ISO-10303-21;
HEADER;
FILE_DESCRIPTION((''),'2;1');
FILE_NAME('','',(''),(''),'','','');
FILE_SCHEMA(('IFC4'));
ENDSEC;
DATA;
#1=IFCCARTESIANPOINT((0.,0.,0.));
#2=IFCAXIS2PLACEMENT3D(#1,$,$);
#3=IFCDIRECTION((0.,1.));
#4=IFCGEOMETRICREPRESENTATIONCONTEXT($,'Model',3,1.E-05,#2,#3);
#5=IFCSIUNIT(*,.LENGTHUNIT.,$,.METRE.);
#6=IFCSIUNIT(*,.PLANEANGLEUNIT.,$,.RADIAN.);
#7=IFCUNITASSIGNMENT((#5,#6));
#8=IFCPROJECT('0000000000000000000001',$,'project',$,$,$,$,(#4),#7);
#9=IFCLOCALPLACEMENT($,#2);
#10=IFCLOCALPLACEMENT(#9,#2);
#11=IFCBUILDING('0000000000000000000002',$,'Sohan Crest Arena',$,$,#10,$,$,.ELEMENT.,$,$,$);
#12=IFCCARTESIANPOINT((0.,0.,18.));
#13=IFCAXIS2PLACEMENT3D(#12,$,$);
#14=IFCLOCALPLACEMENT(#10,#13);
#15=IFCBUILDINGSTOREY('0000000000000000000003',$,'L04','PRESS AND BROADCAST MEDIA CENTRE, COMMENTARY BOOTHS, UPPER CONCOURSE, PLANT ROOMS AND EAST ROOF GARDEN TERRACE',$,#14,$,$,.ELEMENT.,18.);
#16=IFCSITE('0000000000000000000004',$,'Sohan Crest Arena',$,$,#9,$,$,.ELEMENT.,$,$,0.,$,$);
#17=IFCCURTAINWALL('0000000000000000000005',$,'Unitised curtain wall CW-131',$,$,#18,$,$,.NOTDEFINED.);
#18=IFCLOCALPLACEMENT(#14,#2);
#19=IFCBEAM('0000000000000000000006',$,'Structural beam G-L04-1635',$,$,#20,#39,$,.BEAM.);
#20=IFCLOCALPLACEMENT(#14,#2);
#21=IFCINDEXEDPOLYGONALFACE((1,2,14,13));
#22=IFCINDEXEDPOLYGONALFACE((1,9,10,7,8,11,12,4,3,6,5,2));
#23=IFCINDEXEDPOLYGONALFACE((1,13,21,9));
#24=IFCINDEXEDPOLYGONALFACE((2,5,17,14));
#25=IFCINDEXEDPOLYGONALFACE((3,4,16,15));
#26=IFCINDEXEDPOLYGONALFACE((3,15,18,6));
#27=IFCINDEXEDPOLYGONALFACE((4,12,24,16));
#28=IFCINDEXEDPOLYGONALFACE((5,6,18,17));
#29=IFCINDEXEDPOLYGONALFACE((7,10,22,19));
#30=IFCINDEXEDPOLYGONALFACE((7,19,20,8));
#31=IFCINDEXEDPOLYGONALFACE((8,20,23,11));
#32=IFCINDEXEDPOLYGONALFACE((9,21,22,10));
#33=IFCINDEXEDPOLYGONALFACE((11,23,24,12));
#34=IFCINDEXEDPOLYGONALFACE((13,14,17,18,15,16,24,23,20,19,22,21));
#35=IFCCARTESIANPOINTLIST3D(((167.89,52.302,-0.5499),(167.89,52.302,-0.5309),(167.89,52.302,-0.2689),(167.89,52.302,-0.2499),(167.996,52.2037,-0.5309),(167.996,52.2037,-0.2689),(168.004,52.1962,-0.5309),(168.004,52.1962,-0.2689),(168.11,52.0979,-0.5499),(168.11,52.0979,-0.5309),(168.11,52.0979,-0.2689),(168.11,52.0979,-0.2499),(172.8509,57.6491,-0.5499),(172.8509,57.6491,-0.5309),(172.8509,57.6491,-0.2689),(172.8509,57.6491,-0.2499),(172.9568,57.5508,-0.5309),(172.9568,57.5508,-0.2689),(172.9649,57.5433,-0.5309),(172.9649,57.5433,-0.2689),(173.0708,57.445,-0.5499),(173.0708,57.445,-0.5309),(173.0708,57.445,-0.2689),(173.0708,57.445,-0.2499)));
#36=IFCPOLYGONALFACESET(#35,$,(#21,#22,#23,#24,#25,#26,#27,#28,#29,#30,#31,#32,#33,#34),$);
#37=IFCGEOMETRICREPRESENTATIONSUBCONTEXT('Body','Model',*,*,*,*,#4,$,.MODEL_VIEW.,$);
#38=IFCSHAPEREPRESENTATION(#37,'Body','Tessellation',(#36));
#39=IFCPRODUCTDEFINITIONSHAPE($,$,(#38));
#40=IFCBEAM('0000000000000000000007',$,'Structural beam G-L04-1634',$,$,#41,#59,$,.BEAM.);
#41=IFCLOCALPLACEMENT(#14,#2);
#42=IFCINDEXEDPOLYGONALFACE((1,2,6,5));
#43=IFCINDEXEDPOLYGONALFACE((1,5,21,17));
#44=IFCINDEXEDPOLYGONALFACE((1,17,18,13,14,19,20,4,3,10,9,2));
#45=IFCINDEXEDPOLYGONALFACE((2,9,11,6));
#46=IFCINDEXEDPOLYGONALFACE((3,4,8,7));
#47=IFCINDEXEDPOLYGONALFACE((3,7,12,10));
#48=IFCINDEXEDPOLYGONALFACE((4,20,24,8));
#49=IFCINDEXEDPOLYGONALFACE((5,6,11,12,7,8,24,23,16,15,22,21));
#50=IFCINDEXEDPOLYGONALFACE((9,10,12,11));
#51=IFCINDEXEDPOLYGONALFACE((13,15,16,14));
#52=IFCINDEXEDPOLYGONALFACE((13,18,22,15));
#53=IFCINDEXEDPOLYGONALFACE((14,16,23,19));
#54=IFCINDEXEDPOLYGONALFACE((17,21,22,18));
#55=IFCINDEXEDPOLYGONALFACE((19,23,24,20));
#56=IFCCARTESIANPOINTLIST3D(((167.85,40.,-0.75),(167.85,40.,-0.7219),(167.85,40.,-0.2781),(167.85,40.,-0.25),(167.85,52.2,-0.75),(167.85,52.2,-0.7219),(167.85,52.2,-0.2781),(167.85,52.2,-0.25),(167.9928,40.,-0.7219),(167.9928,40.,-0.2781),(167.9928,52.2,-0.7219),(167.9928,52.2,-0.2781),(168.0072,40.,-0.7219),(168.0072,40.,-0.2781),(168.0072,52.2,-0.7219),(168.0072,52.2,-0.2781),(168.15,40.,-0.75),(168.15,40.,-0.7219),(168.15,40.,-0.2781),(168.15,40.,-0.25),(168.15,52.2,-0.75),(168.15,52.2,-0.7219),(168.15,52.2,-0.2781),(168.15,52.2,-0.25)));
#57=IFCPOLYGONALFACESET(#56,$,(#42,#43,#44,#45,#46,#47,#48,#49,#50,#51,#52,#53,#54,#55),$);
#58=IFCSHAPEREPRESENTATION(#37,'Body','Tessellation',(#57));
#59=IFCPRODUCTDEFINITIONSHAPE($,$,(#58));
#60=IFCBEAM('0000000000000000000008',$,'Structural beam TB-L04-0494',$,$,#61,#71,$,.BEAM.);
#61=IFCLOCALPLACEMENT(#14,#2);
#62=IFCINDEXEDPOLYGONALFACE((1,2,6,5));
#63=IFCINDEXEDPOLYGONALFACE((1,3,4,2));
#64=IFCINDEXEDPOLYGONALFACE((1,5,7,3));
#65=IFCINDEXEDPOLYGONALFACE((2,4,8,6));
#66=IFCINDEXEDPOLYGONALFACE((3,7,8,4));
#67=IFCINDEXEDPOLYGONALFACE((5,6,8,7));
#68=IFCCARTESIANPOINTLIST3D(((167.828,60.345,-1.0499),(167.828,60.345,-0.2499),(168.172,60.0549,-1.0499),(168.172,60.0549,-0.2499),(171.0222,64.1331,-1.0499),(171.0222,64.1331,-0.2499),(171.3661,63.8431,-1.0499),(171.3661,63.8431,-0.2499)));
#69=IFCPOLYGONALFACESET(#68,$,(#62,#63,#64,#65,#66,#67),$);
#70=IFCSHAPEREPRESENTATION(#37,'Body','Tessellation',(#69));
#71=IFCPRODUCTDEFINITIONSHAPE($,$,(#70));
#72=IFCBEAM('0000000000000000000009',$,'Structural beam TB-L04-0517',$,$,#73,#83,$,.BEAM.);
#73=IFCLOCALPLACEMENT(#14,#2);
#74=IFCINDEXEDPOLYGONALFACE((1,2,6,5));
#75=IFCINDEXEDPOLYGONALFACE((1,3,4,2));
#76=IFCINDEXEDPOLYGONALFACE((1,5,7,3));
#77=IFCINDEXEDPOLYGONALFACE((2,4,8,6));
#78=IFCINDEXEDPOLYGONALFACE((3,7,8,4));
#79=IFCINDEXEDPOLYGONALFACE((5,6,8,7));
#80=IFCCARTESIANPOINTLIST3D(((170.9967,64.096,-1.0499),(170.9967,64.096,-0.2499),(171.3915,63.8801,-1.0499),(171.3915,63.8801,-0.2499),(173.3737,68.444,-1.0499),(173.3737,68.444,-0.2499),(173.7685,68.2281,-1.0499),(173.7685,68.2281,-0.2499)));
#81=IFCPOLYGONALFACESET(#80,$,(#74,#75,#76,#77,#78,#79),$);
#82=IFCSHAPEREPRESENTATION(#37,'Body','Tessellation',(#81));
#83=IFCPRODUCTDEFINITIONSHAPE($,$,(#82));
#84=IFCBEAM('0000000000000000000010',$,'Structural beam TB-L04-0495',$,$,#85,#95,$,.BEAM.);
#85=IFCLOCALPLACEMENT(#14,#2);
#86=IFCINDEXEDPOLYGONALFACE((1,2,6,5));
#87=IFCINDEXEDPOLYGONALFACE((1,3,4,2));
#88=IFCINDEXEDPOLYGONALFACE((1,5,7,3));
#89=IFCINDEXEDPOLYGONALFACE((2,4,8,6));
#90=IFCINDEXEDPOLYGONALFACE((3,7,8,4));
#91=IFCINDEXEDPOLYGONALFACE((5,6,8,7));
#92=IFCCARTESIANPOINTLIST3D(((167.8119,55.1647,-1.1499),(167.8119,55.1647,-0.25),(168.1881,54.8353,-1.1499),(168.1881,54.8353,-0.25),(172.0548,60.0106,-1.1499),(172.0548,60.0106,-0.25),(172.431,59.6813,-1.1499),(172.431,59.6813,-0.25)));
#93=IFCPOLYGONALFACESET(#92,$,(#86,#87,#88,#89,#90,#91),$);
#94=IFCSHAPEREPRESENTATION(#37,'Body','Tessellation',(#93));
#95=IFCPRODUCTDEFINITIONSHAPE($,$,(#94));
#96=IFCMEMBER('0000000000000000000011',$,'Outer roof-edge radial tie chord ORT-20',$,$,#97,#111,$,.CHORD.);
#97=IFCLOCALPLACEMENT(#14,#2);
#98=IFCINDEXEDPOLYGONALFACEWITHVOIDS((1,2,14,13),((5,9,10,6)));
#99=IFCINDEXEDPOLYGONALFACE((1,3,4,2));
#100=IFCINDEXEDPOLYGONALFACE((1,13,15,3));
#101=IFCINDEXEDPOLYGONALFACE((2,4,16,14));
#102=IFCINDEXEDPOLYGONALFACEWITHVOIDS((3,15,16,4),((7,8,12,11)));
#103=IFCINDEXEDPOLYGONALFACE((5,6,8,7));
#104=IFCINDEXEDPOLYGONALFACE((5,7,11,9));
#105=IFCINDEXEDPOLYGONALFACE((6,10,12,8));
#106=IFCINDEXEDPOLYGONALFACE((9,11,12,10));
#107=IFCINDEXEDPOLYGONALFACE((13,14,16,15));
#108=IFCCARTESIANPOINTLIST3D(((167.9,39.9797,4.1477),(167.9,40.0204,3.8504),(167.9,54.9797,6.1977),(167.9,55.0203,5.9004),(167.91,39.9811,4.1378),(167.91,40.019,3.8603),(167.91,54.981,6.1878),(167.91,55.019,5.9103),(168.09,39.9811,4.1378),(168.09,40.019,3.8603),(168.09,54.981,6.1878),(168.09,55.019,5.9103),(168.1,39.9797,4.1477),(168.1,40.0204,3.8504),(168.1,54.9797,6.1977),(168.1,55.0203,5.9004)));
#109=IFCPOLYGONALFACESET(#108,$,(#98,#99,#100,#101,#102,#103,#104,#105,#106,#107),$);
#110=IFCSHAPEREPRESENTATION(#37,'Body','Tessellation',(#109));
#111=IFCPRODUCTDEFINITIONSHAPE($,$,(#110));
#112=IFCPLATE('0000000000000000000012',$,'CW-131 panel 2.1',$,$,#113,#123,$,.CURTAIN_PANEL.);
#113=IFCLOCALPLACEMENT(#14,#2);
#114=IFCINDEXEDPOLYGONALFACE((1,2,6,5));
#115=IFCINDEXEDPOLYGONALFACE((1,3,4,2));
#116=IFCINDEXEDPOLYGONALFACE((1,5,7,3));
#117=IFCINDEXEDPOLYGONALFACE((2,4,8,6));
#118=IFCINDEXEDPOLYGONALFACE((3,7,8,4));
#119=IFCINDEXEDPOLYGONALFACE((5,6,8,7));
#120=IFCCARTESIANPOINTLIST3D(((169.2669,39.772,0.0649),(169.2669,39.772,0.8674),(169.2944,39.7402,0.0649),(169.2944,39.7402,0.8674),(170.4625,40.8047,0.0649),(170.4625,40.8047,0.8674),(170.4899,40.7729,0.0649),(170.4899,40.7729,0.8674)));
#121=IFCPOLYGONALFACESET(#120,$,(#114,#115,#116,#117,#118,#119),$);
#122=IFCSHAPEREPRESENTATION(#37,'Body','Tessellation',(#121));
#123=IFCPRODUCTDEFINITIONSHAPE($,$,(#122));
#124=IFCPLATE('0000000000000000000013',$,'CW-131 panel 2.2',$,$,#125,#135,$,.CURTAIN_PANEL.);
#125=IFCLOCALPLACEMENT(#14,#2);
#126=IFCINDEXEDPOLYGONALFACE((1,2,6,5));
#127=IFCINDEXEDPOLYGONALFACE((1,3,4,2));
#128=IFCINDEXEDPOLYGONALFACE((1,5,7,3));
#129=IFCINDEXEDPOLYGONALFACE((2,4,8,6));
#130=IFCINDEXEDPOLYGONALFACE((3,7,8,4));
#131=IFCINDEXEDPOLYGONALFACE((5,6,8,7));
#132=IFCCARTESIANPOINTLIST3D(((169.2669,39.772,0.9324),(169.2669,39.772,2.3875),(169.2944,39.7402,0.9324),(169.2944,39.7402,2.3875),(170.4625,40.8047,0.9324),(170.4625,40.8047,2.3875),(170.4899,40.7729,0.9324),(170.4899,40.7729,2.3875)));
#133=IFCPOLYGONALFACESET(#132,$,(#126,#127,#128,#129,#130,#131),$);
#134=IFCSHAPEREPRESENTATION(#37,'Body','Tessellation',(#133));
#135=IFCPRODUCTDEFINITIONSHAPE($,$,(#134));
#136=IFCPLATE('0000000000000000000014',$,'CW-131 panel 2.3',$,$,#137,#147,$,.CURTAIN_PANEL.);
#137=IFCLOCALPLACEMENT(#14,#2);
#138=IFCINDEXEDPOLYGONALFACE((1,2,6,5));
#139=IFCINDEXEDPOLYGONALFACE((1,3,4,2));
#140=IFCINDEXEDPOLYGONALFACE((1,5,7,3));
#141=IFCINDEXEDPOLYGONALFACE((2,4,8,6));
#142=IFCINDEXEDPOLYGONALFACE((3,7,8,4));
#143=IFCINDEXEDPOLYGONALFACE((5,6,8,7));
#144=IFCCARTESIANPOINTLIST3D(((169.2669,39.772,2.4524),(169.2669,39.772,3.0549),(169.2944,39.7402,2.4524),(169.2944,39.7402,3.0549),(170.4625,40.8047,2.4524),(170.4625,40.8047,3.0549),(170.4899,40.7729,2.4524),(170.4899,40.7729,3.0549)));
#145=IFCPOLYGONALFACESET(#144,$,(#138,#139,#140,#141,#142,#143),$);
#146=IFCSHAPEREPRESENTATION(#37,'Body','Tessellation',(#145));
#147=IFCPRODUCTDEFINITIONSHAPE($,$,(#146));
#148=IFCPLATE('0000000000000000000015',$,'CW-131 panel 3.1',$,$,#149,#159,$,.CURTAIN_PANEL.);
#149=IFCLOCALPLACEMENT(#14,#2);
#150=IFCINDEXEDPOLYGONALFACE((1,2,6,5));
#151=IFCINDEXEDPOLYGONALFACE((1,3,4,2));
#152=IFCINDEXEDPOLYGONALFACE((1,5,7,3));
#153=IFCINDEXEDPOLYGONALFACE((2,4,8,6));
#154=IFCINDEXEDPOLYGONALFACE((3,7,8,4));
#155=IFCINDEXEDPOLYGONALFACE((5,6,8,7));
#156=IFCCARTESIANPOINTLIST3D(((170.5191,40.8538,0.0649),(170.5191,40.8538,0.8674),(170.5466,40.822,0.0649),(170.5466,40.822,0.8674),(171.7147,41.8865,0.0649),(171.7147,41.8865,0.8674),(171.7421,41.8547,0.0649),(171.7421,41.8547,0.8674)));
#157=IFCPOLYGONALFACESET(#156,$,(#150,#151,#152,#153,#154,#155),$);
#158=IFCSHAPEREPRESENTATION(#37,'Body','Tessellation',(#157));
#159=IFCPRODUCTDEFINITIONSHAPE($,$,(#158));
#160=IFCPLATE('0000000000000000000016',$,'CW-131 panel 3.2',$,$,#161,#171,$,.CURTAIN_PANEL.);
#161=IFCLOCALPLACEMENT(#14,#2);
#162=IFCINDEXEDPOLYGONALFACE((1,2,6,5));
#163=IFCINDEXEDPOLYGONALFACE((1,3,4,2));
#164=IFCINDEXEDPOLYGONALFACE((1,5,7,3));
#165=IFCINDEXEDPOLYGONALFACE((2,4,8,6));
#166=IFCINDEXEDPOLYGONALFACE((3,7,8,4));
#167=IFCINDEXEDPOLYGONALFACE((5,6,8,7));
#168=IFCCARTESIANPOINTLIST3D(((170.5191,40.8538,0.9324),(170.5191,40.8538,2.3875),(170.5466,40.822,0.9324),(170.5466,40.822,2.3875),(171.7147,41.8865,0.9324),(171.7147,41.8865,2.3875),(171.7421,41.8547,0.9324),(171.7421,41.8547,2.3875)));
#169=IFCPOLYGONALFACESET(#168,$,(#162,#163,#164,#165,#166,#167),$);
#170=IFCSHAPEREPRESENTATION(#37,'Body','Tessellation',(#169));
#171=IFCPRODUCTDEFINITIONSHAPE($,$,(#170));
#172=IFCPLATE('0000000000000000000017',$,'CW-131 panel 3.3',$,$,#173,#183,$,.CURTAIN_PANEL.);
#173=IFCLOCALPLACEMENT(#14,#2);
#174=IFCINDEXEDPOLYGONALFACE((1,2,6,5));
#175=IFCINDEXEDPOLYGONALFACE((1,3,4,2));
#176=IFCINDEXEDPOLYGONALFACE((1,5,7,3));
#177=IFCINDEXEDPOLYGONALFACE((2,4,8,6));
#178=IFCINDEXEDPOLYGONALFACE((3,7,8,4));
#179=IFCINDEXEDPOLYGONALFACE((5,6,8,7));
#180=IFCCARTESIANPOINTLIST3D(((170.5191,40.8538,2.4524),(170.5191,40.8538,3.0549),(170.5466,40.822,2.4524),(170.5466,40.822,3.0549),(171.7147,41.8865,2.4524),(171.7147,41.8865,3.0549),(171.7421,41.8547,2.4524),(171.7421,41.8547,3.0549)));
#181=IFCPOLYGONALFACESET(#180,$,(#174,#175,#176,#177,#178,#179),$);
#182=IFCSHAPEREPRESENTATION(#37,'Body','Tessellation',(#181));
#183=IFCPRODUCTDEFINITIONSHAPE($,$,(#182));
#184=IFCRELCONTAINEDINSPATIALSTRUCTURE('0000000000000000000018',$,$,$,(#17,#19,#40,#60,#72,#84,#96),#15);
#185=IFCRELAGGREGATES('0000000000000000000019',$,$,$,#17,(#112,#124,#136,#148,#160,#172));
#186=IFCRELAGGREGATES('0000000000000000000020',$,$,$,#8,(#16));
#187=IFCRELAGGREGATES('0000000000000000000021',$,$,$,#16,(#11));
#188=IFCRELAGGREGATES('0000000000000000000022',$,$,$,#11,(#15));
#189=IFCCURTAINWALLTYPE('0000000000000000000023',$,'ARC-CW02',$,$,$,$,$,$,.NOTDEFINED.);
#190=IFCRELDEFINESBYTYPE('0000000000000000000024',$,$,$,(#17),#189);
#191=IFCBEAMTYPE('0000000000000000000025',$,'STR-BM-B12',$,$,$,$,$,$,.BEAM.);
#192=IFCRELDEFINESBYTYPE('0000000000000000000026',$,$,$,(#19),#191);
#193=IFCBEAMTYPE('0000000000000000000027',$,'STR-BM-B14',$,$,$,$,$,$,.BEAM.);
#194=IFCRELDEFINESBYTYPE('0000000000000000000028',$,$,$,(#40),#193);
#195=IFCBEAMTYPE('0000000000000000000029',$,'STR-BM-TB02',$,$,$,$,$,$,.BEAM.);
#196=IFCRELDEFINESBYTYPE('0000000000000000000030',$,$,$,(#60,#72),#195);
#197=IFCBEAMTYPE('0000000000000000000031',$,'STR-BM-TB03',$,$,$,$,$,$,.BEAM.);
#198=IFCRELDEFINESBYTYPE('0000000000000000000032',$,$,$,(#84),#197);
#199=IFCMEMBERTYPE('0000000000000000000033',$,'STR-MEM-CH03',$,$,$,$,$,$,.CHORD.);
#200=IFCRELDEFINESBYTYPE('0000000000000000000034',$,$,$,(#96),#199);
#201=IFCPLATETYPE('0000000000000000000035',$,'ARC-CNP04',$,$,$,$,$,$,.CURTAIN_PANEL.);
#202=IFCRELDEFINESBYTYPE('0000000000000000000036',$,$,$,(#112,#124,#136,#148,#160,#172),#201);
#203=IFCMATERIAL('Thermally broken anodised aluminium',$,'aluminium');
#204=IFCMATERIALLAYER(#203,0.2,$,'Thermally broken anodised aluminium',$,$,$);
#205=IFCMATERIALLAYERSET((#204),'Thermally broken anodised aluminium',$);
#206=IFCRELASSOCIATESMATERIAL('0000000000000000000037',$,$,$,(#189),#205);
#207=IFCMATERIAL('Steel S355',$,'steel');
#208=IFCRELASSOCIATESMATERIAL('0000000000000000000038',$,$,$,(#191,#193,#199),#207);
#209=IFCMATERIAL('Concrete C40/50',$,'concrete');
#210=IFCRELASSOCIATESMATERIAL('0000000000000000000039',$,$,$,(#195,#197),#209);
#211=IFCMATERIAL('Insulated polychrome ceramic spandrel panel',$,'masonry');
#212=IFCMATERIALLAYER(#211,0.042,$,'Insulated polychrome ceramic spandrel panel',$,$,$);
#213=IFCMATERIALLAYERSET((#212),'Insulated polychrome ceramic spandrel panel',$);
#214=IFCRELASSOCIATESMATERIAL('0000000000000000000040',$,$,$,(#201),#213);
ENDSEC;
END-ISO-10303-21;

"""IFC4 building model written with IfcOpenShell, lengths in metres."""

from ifc_helpers import new_model, si_unit, direction, frame, origin, origin_2d, place, context, subcontext, project, spatial, rectangle, hollow_rectangle, i_section, extrude, material, layer, layer_set, material_profile, profile_set, type_object, element, aggregate, save


model = new_model("IFC4")

# Units and contexts
model_context = context("Model", 3, precision=1e-05, world=origin(), true_north=direction((0.0, 1.0)))
body_context = subcontext(model_context, "Body", "Model", "MODEL_VIEW")
ifc_project = project(units=[si_unit("LENGTHUNIT", "METRE"), si_unit("PLANEANGLEUNIT", "RADIAN")], contexts=[model_context])

# Site, building, storey
site_placement = place(None, origin())
site = spatial("IfcSite", under=ifc_project, at=site_placement, Name="Sohan Crest Arena", CompositionType="ELEMENT", RefElevation=0.0)
building_placement = place(site_placement, origin())
building = spatial("IfcBuilding", under=site, at=building_placement, Name="Sohan Crest Arena", CompositionType="ELEMENT")
storey_placement = place(building_placement, frame((0.0, 0.0, 18.0)))
storey = spatial("IfcBuildingStorey", under=building, at=storey_placement, Name="L04", Description="PRESS AND BROADCAST MEDIA CENTRE, COMMENTARY BOOTHS, UPPER CONCOURSE, PLANT ROOMS AND EAST ROOF GARDEN TERRACE", CompositionType="ELEMENT", Elevation=18.0)

# Shared definitions
ifc_material_1 = material(Name="Concrete C40/50", Category="concrete")
ifc_material_2 = material(Name="Steel S355", Category="steel")

# Curtain wall
ifc_material_3 = material(Name="Thermally broken anodised aluminium", Category="aluminium")
ifc_layer_1 = layer(ifc_material_3, 0.2, Name="Thermally broken anodised aluminium")
ifc_layer_set_1 = layer_set([ifc_layer_1], Name="Thermally broken anodised aluminium")
curtain_wall_type = type_object("IfcCurtainWallType", Name="ARC-CW02", PredefinedType="NOTDEFINED", material=ifc_layer_set_1)
curtain_wall_placement = place(storey_placement, origin())
curtain_wall = element("IfcCurtainWall", 1, at=curtain_wall_placement, inside=storey, type_object=curtain_wall_type, Name="Unitised curtain wall CW-131", PredefinedType="NOTDEFINED")

# Beams
ifc_material_profile_1 = material_profile(ifc_material_2, i_section(OverallWidth=0.3, OverallDepth=0.3, WebThickness=0.011, FlangeThickness=0.019, at=origin_2d()), Name="HEB 300")
ifc_profile_set_1 = profile_set([ifc_material_profile_1], Name="Steel S355")
beam_type_1 = type_object("IfcBeamType", Name="STR-BM-B12", PredefinedType="BEAM", material=ifc_profile_set_1)
beam_1_placement = place(storey_placement, frame((168.0, 52.2, -0.3999), z_axis=(0.680135, 0.733087, 0.0), x_axis=(-0.733087, 0.680135, 0.0)))
element("IfcBeam", 2, at=beam_1_placement, inside=storey, type_object=beam_type_1, Name="Structural beam G-L04-1635", PredefinedType="BEAM", context=body_context, shape_type="SweptSolid", body=[
    extrude(i_section(OverallWidth=0.3, OverallDepth=0.3, WebThickness=0.011, FlangeThickness=0.019, at=origin_2d()), origin(), (0.0, 0.0, 1.0), 7.2939),
])
ifc_material_profile_2 = material_profile(ifc_material_2, i_section(OverallWidth=0.3, OverallDepth=0.5, WebThickness=0.0144, FlangeThickness=0.0281, at=origin_2d()), Name="HEB 500")
ifc_profile_set_2 = profile_set([ifc_material_profile_2], Name="Steel S355")
beam_type_2 = type_object("IfcBeamType", Name="STR-BM-B14", PredefinedType="BEAM", material=ifc_profile_set_2)
beam_2_placement = place(storey_placement, frame((168.0, 52.2, -0.5), z_axis=(0.0, -1.0, 0.0), x_axis=(1.0, 0.0, 0.0)))
element("IfcBeam", 3, at=beam_2_placement, inside=storey, type_object=beam_type_2, Name="Structural beam G-L04-1634", PredefinedType="BEAM", context=body_context, shape_type="SweptSolid", body=[
    extrude(i_section(OverallWidth=0.3, OverallDepth=0.5, WebThickness=0.0144, FlangeThickness=0.0281, at=origin_2d()), origin(), (0.0, 0.0, 1.0), 12.2),
])
ifc_material_profile_3 = material_profile(ifc_material_1, rectangle(XDim=0.45, YDim=0.8, at=origin_2d()), Name="RC-BM 450x800")
ifc_profile_set_3 = profile_set([ifc_material_profile_3], Name="Concrete C40/50")
beam_type_3 = type_object("IfcBeamType", Name="STR-BM-TB02", PredefinedType="BEAM", material=ifc_profile_set_3)
beam_3_placement = place(storey_placement, frame((168.0, 60.2, -0.6499), z_axis=(0.644623, 0.764501, 0.0), x_axis=(-0.764501, 0.644623, 0.0)))
element("IfcBeam", 4, at=beam_3_placement, inside=storey, type_object=beam_type_3, Name="Structural beam TB-L04-0494", PredefinedType="BEAM", context=body_context, shape_type="SweptSolid", body=[
    extrude(rectangle(XDim=0.45, YDim=0.8, at=origin_2d()), origin(), (0.0, 0.0, 1.0), 4.9551),
])
beam_4_placement = place(storey_placement, frame((171.1941, 63.988, -0.6499), z_axis=(0.479687, 0.87744, 0.0), x_axis=(-0.87744, 0.479687, 0.0)))
element("IfcBeam", 5, at=beam_4_placement, inside=storey, type_object=beam_type_3, Name="Structural beam TB-L04-0517", PredefinedType="BEAM", context=body_context, shape_type="SweptSolid", body=[
    extrude(rectangle(XDim=0.45, YDim=0.8, at=origin_2d()), origin(), (0.0, 0.0, 1.0), 4.9553),
])
ifc_material_profile_4 = material_profile(ifc_material_1, rectangle(XDim=0.5, YDim=0.8999, at=origin_2d()), Name="RC-BM 500x900")
ifc_profile_set_4 = profile_set([ifc_material_profile_4], Name="Concrete C40/50")
beam_type_4 = type_object("IfcBeamType", Name="STR-BM-TB03", PredefinedType="BEAM", material=ifc_profile_set_4)
beam_5_placement = place(storey_placement, frame((168.0, 55.0, -0.7), z_axis=(0.658743, 0.752368, 0.0), x_axis=(-0.752368, 0.658743, 0.0)))
element("IfcBeam", 6, at=beam_5_placement, inside=storey, type_object=beam_type_4, Name="Structural beam TB-L04-0495", PredefinedType="BEAM", context=body_context, shape_type="SweptSolid", body=[
    extrude(rectangle(XDim=0.5, YDim=0.8999, at=origin_2d()), origin(), (0.0, 0.0, 1.0), 6.4409),
])

# Member
ifc_material_profile_5 = material_profile(ifc_material_2, hollow_rectangle(XDim=0.2, YDim=0.3, WallThickness=0.01, at=origin_2d()), Name="RHS 300x200x10")
ifc_profile_set_5 = profile_set([ifc_material_profile_5], Name="Steel S355")
member_type_1 = type_object("IfcMemberType", Name="STR-MEM-CH03", PredefinedType="CHORD", material=ifc_profile_set_5)
member_1_placement = place(storey_placement, frame((168.0, 55.0, 6.0491), z_axis=(0.0, -0.990789, -0.135411), x_axis=(1.0, 0.0, 0.0)))
element("IfcMember", 7, at=member_1_placement, inside=storey, type_object=member_type_1, Name="Outer roof-edge radial tie chord ORT-20", PredefinedType="CHORD", context=body_context, shape_type="SweptSolid", body=[
    extrude(hollow_rectangle(XDim=0.2, YDim=0.3, WallThickness=0.01, at=origin_2d()), origin(), (0.0, 0.0, 1.0), 15.1394),
])

# Plates
ifc_material_4 = material(Name="Insulated polychrome ceramic spandrel panel", Category="masonry")
ifc_layer_2 = layer(ifc_material_4, 0.042, Name="Insulated polychrome ceramic spandrel panel")
ifc_layer_set_2 = layer_set([ifc_layer_2], Name="Insulated polychrome ceramic spandrel panel")
plate_type = type_object("IfcPlateType", Name="ARC-CNP04", PredefinedType="CURTAIN_PANEL", material=ifc_layer_set_2)
plate_1_placement = place(storey_placement, frame((169.8784, 40.2725, 0.0649), z_axis=(0.0, 0.0, 1.0), x_axis=(0.756765, 0.653687, 0.0)))
plate_1 = element("IfcPlate", 8, at=plate_1_placement, type_object=plate_type, Name="CW-131 panel 2.1", PredefinedType="CURTAIN_PANEL", context=body_context, shape_type="SweptSolid", body=[
    extrude(rectangle(XDim=1.5798, YDim=0.042, at=origin_2d()), origin(), (0.0, 0.0, 1.0), 0.8025),
])
plate_2_placement = place(storey_placement, frame((169.8784, 40.2725, 0.9324), z_axis=(0.0, 0.0, 1.0), x_axis=(0.756765, 0.653687, 0.0)))
plate_2 = element("IfcPlate", 9, at=plate_2_placement, type_object=plate_type, Name="CW-131 panel 2.2", PredefinedType="CURTAIN_PANEL", context=body_context, shape_type="SweptSolid", body=[
    extrude(rectangle(XDim=1.5798, YDim=0.042, at=origin_2d()), origin(), (0.0, 0.0, 1.0), 1.4551),
])
plate_3_placement = place(storey_placement, frame((169.8784, 40.2725, 2.4524), z_axis=(0.0, 0.0, 1.0), x_axis=(0.756765, 0.653687, 0.0)))
plate_3 = element("IfcPlate", 10, at=plate_3_placement, type_object=plate_type, Name="CW-131 panel 2.3", PredefinedType="CURTAIN_PANEL", context=body_context, shape_type="SweptSolid", body=[
    extrude(rectangle(XDim=1.5798, YDim=0.042, at=origin_2d()), origin(), (0.0, 0.0, 1.0), 0.6025),
])
plate_4_placement = place(storey_placement, frame((171.1306, 41.3542, 0.0649), z_axis=(0.0, 0.0, 1.0), x_axis=(0.756765, 0.653687, 0.0)))
plate_4 = element("IfcPlate", 11, at=plate_4_placement, type_object=plate_type, Name="CW-131 panel 3.1", PredefinedType="CURTAIN_PANEL", context=body_context, shape_type="SweptSolid", body=[
    extrude(rectangle(XDim=1.5798, YDim=0.042, at=origin_2d()), origin(), (0.0, 0.0, 1.0), 0.8025),
])
plate_5_placement = place(storey_placement, frame((171.1306, 41.3542, 0.9324), z_axis=(0.0, 0.0, 1.0), x_axis=(0.756765, 0.653687, 0.0)))
plate_5 = element("IfcPlate", 12, at=plate_5_placement, type_object=plate_type, Name="CW-131 panel 3.2", PredefinedType="CURTAIN_PANEL", context=body_context, shape_type="SweptSolid", body=[
    extrude(rectangle(XDim=1.5798, YDim=0.042, at=origin_2d()), origin(), (0.0, 0.0, 1.0), 1.4551),
])
plate_6_placement = place(storey_placement, frame((171.1306, 41.3542, 2.4524), z_axis=(0.0, 0.0, 1.0), x_axis=(0.756765, 0.653687, 0.0)))
plate_6 = element("IfcPlate", 13, at=plate_6_placement, type_object=plate_type, Name="CW-131 panel 3.3", PredefinedType="CURTAIN_PANEL", context=body_context, shape_type="SweptSolid", body=[
    extrude(rectangle(XDim=1.5798, YDim=0.042, at=origin_2d()), origin(), (0.0, 0.0, 1.0), 0.6025),
])
aggregate(curtain_wall, [plate_1, plate_2, plate_3, plate_4, plate_5, plate_6])

save(model, "model.ifc")
